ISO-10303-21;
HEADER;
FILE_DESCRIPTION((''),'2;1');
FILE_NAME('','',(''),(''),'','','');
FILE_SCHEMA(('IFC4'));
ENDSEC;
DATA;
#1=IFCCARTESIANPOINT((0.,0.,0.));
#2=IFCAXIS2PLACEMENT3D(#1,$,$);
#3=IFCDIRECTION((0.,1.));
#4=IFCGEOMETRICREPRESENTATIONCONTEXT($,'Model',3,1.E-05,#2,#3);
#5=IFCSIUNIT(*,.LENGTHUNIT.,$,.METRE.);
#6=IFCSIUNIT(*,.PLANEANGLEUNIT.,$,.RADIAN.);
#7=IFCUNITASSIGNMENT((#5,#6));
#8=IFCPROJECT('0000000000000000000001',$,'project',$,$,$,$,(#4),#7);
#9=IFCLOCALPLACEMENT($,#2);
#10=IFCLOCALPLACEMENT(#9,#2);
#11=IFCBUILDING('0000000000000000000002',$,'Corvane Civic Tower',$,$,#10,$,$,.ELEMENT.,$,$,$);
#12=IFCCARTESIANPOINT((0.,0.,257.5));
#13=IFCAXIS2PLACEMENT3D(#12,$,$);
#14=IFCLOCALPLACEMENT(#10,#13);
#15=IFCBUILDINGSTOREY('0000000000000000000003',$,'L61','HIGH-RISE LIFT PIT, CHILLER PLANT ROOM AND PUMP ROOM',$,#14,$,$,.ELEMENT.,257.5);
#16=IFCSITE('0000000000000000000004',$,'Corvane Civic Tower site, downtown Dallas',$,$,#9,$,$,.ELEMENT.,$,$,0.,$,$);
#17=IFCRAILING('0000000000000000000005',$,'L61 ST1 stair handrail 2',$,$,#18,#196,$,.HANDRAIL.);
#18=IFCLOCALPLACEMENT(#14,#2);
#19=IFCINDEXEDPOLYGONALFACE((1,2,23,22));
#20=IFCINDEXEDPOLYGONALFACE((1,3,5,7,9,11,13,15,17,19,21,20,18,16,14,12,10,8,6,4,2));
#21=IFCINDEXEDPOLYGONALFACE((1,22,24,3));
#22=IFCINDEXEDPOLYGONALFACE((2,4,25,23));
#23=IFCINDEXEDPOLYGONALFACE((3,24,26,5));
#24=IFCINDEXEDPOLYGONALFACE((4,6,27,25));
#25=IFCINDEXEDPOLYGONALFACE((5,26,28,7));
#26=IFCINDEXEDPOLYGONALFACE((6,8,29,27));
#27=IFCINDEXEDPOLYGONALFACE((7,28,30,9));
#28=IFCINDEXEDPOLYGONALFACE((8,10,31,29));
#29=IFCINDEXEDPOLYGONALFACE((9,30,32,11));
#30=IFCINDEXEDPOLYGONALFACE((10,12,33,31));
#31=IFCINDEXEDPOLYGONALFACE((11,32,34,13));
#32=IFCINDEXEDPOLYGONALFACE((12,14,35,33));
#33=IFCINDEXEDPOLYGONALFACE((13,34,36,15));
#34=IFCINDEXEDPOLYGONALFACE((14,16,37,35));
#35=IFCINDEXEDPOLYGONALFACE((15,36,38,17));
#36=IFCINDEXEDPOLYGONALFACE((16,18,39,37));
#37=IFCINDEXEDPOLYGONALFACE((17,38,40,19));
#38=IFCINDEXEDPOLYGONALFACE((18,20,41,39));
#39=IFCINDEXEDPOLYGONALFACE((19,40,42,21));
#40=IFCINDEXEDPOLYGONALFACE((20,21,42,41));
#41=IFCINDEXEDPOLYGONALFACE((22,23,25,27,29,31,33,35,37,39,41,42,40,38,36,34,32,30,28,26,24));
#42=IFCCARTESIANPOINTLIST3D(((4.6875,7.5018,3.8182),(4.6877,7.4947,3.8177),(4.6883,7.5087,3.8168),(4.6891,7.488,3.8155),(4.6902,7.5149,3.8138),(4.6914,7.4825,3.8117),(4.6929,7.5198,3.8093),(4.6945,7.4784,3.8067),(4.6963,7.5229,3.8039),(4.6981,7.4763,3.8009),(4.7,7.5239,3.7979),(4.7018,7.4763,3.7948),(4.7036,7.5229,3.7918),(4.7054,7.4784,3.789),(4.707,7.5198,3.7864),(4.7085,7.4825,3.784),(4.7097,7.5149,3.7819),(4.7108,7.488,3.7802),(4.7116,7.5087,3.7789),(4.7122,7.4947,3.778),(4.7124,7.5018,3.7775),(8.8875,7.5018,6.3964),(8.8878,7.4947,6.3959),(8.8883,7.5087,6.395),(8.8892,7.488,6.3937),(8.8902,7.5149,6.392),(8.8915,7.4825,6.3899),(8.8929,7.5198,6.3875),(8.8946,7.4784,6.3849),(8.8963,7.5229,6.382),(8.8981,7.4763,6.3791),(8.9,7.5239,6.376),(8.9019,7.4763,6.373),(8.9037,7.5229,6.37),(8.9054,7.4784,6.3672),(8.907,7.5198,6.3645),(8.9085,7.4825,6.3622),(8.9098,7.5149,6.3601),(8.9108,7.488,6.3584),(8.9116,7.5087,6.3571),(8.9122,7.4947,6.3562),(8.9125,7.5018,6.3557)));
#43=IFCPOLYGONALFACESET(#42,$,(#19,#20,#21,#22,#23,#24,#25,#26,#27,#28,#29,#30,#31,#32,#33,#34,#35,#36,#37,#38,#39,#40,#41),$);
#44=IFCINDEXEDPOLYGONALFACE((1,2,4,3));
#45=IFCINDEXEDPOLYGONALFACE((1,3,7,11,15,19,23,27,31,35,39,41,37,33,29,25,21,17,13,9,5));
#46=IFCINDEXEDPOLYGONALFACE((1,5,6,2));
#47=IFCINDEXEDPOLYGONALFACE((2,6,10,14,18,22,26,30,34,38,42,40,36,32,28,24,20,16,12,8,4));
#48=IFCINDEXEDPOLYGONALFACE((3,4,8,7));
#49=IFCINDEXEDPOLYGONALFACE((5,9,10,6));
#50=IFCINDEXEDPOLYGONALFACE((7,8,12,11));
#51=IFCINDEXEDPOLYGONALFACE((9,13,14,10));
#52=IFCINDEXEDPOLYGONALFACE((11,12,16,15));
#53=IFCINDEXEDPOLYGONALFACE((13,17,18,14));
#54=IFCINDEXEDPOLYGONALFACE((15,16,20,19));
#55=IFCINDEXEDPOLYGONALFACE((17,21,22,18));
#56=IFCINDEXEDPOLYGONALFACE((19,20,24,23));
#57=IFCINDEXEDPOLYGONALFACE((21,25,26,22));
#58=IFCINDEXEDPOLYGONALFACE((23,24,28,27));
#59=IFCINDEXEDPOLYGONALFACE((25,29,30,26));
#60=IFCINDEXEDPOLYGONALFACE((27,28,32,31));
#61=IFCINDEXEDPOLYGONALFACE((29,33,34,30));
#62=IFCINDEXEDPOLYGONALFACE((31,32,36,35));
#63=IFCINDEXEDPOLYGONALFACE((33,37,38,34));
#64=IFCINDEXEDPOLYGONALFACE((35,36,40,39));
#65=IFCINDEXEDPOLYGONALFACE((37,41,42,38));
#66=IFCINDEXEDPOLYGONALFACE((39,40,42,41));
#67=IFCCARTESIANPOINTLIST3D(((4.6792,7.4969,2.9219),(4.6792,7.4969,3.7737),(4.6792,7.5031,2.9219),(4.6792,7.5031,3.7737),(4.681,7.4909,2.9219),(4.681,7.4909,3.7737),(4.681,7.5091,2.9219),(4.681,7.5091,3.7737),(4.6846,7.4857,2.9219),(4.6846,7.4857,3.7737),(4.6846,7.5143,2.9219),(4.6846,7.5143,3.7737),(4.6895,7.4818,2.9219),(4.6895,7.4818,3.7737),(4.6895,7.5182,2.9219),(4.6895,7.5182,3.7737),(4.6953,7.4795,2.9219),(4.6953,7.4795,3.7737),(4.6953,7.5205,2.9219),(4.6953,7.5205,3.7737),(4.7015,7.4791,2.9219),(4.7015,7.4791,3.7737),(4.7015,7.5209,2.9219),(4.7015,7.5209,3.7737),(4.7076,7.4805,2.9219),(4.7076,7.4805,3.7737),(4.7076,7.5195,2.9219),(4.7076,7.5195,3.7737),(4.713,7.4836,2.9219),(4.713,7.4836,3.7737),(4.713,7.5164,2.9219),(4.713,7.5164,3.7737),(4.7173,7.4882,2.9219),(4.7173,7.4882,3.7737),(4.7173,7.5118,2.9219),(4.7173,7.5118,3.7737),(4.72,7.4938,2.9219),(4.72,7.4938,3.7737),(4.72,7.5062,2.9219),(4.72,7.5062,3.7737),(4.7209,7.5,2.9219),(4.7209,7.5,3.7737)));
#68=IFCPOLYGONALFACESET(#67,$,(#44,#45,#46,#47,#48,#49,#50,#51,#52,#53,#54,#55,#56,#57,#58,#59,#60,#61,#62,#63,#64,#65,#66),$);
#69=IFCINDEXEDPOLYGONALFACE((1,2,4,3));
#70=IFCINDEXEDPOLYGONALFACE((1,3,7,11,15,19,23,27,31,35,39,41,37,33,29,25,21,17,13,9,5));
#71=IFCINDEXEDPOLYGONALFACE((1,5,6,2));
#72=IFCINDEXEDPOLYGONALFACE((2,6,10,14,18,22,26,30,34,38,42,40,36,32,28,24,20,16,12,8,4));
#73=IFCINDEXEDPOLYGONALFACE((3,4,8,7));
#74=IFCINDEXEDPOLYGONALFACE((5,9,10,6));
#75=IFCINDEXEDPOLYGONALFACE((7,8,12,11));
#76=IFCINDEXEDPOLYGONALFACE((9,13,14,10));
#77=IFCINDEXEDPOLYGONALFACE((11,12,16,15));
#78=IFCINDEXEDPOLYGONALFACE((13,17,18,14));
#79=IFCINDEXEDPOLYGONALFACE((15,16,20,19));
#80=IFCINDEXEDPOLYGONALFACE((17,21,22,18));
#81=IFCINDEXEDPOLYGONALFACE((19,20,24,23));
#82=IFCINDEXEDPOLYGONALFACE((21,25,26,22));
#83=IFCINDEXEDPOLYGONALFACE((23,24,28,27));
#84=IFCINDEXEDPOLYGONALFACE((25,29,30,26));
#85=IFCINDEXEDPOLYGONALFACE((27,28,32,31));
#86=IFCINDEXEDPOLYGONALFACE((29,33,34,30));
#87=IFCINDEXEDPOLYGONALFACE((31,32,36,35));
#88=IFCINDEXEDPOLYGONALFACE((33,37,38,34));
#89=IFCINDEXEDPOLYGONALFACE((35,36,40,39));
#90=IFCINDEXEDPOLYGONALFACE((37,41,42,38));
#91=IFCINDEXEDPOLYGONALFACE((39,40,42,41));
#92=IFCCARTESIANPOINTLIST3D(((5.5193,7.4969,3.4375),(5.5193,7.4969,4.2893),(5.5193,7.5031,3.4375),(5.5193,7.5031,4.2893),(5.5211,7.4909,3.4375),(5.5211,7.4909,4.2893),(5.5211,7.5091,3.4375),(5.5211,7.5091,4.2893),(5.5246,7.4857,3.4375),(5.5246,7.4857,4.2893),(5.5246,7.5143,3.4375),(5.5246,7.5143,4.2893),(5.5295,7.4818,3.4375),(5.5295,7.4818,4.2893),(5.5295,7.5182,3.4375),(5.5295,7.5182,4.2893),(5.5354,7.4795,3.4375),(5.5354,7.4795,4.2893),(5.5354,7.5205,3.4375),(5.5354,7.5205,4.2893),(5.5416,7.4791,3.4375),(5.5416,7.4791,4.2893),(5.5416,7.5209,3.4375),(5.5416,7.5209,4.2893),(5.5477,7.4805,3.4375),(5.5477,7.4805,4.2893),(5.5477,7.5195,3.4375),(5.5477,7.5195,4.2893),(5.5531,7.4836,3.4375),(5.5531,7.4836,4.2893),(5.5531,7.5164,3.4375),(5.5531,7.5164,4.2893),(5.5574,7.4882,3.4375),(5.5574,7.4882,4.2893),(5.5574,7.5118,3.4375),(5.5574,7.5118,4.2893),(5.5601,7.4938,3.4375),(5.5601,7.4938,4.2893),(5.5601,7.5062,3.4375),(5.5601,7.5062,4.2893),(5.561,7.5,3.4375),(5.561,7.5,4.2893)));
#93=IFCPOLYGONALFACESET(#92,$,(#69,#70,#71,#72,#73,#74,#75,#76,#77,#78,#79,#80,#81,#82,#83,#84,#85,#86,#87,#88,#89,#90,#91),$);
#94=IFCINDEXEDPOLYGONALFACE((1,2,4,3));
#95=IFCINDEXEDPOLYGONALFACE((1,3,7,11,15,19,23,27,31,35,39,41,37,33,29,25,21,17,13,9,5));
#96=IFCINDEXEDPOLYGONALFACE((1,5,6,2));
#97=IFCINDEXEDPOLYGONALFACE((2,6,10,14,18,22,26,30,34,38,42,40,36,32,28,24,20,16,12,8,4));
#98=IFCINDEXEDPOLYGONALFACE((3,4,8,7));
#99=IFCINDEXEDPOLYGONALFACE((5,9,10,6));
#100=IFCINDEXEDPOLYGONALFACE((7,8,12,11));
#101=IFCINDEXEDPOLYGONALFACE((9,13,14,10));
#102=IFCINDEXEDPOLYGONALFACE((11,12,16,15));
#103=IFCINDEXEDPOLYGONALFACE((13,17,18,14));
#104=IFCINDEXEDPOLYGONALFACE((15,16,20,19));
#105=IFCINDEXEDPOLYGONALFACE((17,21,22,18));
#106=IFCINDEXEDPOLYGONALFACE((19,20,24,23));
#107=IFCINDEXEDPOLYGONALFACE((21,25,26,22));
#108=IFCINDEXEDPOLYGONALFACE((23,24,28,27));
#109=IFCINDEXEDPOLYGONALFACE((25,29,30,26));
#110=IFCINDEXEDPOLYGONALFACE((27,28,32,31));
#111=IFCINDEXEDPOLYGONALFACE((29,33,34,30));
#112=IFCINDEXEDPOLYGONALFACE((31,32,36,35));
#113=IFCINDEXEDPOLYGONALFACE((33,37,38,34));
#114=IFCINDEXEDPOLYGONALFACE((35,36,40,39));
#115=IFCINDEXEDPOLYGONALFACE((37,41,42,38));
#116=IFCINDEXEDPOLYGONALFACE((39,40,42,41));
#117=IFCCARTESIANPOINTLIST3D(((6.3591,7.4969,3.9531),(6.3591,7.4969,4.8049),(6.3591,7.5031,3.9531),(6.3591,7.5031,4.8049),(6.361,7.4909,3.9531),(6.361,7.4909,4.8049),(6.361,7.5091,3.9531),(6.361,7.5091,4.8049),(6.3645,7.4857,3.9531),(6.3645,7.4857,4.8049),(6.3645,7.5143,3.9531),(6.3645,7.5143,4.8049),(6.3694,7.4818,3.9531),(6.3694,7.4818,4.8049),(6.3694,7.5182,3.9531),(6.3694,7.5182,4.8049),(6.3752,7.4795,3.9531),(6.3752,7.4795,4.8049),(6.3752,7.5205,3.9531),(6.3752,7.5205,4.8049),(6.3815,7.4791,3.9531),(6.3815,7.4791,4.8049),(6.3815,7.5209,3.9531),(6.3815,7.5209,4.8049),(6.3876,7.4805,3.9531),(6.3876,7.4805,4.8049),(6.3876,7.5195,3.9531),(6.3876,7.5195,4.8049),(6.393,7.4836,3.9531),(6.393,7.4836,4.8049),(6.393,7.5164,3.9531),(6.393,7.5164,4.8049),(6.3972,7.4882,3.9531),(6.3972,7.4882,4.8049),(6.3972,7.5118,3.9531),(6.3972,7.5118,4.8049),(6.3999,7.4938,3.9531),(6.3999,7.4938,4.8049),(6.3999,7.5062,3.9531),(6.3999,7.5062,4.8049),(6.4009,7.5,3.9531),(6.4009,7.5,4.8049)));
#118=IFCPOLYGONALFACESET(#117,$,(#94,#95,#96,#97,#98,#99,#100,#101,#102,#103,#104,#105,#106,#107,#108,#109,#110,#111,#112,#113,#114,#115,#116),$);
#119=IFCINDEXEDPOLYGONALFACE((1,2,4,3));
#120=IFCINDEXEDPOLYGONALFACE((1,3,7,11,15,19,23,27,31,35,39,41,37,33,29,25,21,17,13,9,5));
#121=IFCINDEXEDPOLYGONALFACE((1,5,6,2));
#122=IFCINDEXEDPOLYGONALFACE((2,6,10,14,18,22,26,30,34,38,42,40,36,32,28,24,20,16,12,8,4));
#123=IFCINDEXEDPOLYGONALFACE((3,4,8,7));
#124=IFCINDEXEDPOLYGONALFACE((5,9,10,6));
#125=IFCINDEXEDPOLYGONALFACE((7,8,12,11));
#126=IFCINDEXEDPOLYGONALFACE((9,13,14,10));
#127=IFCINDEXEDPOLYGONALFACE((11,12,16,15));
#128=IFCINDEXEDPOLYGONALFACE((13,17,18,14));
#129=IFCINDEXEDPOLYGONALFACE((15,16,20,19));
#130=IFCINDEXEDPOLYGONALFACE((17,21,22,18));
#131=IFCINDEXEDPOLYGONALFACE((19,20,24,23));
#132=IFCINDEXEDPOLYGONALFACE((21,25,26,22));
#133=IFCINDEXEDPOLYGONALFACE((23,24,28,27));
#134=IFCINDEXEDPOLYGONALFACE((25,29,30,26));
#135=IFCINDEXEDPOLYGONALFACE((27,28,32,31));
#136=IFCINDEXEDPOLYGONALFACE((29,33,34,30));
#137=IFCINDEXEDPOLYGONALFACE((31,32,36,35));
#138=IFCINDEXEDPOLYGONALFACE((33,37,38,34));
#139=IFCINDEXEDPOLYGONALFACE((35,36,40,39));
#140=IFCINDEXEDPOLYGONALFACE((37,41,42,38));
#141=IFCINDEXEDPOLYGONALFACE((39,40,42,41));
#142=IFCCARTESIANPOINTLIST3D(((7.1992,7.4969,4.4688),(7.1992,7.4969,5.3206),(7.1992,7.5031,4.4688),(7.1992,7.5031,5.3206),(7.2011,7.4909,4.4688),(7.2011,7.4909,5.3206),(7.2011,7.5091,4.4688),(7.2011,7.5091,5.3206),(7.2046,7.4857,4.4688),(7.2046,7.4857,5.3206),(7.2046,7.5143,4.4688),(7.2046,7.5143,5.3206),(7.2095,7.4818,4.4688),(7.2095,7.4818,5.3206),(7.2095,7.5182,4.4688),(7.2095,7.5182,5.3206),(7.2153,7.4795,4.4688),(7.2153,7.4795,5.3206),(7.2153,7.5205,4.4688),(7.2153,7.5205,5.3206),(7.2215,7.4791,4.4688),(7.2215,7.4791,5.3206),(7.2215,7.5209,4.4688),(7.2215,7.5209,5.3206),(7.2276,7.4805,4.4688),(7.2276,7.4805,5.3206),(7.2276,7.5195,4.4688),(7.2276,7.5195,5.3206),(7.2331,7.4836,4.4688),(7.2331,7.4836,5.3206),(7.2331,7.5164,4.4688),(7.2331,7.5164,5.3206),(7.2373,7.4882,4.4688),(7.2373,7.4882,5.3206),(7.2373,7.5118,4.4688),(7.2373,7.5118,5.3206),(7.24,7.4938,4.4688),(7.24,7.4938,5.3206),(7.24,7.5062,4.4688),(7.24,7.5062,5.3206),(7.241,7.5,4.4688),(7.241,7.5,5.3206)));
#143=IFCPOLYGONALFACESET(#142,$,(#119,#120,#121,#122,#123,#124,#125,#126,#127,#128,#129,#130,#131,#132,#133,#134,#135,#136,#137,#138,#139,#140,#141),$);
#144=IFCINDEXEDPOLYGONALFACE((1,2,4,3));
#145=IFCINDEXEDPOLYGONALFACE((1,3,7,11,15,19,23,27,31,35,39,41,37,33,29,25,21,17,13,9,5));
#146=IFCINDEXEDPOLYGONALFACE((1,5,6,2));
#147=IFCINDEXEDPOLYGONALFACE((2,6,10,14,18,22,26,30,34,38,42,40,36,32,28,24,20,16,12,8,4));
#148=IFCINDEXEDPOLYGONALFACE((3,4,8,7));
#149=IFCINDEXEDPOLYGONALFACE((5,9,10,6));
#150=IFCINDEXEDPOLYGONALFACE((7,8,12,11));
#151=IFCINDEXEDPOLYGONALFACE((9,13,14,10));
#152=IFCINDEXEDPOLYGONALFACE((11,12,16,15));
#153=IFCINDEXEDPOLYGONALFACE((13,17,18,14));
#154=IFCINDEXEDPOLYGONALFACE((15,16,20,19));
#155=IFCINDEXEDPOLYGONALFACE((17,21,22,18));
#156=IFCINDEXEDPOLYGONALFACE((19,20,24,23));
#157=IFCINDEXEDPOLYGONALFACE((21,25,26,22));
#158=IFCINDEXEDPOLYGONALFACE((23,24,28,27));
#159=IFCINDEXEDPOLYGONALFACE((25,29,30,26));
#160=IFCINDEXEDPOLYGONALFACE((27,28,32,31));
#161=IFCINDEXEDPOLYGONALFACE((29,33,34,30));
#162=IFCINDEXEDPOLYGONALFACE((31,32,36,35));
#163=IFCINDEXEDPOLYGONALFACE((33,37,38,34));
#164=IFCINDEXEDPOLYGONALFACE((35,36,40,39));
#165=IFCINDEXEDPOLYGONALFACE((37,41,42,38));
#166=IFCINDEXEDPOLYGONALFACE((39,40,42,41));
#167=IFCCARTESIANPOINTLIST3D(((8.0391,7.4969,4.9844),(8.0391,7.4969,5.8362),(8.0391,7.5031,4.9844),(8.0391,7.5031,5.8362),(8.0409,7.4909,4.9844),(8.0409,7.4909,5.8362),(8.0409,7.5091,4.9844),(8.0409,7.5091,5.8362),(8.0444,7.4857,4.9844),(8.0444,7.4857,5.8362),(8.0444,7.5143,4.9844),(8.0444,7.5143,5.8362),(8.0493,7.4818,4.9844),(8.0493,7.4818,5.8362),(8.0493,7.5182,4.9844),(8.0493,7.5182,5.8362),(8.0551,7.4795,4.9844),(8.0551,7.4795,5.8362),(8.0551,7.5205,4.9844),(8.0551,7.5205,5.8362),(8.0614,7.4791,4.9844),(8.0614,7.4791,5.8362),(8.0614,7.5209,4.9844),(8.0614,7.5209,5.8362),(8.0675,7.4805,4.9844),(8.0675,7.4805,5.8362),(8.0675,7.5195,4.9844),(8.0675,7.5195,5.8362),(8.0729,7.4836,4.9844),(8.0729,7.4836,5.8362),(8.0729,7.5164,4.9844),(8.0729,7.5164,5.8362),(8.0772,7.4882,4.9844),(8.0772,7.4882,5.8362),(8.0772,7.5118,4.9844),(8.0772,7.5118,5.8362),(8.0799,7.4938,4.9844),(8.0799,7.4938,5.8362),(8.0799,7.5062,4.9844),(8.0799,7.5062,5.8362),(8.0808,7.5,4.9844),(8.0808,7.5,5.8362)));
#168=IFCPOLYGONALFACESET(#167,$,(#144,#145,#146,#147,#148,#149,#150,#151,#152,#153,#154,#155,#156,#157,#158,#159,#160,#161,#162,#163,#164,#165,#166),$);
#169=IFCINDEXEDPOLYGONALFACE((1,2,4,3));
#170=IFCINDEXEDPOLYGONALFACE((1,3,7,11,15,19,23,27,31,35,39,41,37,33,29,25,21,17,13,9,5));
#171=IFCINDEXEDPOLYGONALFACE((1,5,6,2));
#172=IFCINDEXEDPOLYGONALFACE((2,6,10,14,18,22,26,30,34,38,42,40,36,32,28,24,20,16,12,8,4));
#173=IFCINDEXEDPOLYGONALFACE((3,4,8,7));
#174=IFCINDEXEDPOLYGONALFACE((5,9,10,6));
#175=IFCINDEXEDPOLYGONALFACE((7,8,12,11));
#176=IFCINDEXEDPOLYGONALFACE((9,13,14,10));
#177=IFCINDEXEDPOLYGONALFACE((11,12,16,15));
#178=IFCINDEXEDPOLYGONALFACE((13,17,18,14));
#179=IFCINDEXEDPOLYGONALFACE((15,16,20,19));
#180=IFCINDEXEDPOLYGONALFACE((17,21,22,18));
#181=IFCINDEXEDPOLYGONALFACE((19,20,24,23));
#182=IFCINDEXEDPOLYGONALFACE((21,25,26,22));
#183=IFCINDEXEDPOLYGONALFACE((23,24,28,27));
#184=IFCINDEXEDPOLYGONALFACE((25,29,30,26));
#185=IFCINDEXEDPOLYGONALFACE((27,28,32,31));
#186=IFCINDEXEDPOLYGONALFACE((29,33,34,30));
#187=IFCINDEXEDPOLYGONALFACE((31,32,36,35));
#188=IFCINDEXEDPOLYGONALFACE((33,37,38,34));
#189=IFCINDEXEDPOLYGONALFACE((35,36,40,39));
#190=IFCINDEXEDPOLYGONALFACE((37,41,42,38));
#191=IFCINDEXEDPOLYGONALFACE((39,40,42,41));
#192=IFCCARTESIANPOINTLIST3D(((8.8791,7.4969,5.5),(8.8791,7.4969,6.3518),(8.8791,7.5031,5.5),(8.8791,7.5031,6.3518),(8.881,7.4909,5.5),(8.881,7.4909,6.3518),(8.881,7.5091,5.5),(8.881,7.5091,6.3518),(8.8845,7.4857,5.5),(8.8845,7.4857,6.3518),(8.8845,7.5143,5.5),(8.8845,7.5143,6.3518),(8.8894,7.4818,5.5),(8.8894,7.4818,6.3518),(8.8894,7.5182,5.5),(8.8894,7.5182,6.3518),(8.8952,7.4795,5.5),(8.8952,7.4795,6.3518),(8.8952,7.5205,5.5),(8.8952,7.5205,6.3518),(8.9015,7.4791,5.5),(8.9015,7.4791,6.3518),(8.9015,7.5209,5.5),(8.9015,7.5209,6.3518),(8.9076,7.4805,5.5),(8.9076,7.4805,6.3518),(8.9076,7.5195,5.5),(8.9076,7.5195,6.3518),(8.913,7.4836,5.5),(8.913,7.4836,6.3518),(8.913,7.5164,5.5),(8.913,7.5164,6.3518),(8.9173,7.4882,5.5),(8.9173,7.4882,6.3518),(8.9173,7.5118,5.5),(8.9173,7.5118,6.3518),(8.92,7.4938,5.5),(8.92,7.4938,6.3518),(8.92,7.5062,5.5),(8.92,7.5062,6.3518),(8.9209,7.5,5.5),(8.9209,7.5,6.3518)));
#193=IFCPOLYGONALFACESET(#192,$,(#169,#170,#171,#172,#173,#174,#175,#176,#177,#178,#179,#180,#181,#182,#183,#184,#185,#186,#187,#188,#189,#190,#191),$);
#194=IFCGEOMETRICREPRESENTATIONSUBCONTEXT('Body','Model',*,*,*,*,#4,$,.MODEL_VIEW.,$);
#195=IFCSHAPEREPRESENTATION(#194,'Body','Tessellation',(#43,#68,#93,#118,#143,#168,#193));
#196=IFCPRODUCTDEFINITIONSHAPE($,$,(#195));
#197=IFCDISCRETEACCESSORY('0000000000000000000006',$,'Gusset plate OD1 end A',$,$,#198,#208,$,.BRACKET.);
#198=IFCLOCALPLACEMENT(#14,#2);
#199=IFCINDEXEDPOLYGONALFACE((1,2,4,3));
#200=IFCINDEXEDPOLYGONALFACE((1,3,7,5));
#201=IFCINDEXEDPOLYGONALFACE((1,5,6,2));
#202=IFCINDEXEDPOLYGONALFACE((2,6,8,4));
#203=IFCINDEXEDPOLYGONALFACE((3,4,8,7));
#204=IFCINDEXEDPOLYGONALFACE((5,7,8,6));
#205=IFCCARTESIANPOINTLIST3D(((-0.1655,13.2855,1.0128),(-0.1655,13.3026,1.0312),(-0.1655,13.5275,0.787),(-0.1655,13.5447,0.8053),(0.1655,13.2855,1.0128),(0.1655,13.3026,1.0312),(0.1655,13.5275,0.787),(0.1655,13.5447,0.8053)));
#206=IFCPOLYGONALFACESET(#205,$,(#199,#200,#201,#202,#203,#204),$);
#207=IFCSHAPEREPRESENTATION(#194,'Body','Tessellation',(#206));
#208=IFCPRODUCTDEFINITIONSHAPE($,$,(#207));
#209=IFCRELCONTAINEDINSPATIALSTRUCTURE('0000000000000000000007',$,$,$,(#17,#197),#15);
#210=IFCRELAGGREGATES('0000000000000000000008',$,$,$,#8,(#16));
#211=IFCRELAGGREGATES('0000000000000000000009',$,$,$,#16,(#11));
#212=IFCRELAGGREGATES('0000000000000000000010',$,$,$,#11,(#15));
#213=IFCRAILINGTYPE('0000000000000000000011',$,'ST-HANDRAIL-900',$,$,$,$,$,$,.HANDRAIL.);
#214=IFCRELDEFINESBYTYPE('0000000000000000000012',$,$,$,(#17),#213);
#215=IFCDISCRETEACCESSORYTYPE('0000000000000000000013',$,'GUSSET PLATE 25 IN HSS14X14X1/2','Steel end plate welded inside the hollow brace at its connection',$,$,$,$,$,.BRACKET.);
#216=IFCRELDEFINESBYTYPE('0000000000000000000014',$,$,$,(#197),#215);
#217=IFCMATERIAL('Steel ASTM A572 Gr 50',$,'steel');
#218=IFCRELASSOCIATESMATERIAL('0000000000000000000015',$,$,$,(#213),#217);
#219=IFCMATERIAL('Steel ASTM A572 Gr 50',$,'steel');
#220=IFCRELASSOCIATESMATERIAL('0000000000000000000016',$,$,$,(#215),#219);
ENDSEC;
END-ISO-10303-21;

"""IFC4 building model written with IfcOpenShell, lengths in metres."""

from ifc_helpers import new_model, si_unit, direction, frame, origin, origin_2d, place, context, subcontext, project, spatial, rectangle, circle, extrude, material, material_profile, profile_set, type_object, element, save


model = new_model("IFC4")

# Units and contexts
model_context = context("Model", 3, precision=1e-05, world=origin(), true_north=direction((0.0, 1.0)))
body_context = subcontext(model_context, "Body", "Model", "MODEL_VIEW")
ifc_project = project(units=[si_unit("LENGTHUNIT", "METRE"), si_unit("PLANEANGLEUNIT", "RADIAN")], contexts=[model_context])

# Site, building, storey
site_placement = place(None, origin())
site = spatial("IfcSite", under=ifc_project, at=site_placement, Name="Corvane Civic Tower site, downtown Dallas", CompositionType="ELEMENT", RefElevation=0.0)
building_placement = place(site_placement, origin())
building = spatial("IfcBuilding", under=site, at=building_placement, Name="Corvane Civic Tower", CompositionType="ELEMENT")
storey_placement = place(building_placement, frame((0.0, 0.0, 257.5)))
storey = spatial("IfcBuildingStorey", under=building, at=storey_placement, Name="L61", Description="HIGH-RISE LIFT PIT, CHILLER PLANT ROOM AND PUMP ROOM", CompositionType="ELEMENT", Elevation=257.5)

# Railing
ifc_material_1 = material(Name="Steel ASTM A572 Gr 50", Category="steel")
railing_type_1 = type_object("IfcRailingType", Name="ST-HANDRAIL-900", PredefinedType="HANDRAIL", material=ifc_material_1)
railing_1_placement = place(storey_placement, frame((4.7, 7.5, 2.9219)))
element("IfcRailing", 1, at=railing_1_placement, inside=storey, type_object=railing_type_1, Name="L61 ST1 stair handrail 2", PredefinedType="HANDRAIL", context=body_context, shape_type="SweptSolid", body=[
    extrude(circle(Radius=0.0239, at=origin_2d()), frame((0.0, 0.0, 0.876), z_axis=(0.852243, 0.0, 0.523146), x_axis=(0.0, 1.0, 0.0)), (0.0, 0.0, 1.0), 4.9282),
    extrude(circle(Radius=0.021, at=origin_2d()), origin(), (0.0, 0.0, 1.0), 0.8518),
    extrude(circle(Radius=0.021, at=origin_2d()), frame((0.8401, 0.0, 0.5156)), (0.0, 0.0, 1.0), 0.8518),
    extrude(circle(Radius=0.021, at=origin_2d()), frame((1.6799, 0.0, 1.0312)), (0.0, 0.0, 1.0), 0.8518),
    extrude(circle(Radius=0.021, at=origin_2d()), frame((2.52, 0.0, 1.5469)), (0.0, 0.0, 1.0), 0.8518),
    extrude(circle(Radius=0.021, at=origin_2d()), frame((3.3599, 0.0, 2.0625)), (0.0, 0.0, 1.0), 0.8518),
    extrude(circle(Radius=0.021, at=origin_2d()), frame((4.2, 0.0, 2.5781)), (0.0, 0.0, 1.0), 0.8518),
])

# Discrete accessory
ifc_material_2 = material(Name="Steel ASTM A572 Gr 50", Category="steel")
ifc_material_profile_1 = material_profile(ifc_material_2, rectangle(XDim=0.3311, YDim=0.3311, at=origin_2d()), Name="GUSSET PLATE 25 IN HSS14X14X1/2")
ifc_profile_set_1 = profile_set([ifc_material_profile_1], Name="Steel ASTM A572 Gr 50")
discrete_accessory_type = type_object("IfcDiscreteAccessoryType", Name="GUSSET PLATE 25 IN HSS14X14X1/2", Description="Steel end plate welded inside the hollow brace at its connection", PredefinedType="BRACKET", material=ifc_profile_set_1)
discrete_accessory_placement = place(storey_placement, frame((0.0, 13.4065, 0.8999), z_axis=(0.0, 0.682318, 0.731055), x_axis=(-1.0, 0.0, 0.0)))
element("IfcDiscreteAccessory", 2, at=discrete_accessory_placement, inside=storey, type_object=discrete_accessory_type, Name="Gusset plate OD1 end A", PredefinedType="BRACKET", context=body_context, shape_type="SweptSolid", body=[
    extrude(rectangle(XDim=0.3311, YDim=0.3311, at=origin_2d()), origin(), (0.0, 0.0, 1.0), 0.0251),
])

save(model, "model.ifc")
